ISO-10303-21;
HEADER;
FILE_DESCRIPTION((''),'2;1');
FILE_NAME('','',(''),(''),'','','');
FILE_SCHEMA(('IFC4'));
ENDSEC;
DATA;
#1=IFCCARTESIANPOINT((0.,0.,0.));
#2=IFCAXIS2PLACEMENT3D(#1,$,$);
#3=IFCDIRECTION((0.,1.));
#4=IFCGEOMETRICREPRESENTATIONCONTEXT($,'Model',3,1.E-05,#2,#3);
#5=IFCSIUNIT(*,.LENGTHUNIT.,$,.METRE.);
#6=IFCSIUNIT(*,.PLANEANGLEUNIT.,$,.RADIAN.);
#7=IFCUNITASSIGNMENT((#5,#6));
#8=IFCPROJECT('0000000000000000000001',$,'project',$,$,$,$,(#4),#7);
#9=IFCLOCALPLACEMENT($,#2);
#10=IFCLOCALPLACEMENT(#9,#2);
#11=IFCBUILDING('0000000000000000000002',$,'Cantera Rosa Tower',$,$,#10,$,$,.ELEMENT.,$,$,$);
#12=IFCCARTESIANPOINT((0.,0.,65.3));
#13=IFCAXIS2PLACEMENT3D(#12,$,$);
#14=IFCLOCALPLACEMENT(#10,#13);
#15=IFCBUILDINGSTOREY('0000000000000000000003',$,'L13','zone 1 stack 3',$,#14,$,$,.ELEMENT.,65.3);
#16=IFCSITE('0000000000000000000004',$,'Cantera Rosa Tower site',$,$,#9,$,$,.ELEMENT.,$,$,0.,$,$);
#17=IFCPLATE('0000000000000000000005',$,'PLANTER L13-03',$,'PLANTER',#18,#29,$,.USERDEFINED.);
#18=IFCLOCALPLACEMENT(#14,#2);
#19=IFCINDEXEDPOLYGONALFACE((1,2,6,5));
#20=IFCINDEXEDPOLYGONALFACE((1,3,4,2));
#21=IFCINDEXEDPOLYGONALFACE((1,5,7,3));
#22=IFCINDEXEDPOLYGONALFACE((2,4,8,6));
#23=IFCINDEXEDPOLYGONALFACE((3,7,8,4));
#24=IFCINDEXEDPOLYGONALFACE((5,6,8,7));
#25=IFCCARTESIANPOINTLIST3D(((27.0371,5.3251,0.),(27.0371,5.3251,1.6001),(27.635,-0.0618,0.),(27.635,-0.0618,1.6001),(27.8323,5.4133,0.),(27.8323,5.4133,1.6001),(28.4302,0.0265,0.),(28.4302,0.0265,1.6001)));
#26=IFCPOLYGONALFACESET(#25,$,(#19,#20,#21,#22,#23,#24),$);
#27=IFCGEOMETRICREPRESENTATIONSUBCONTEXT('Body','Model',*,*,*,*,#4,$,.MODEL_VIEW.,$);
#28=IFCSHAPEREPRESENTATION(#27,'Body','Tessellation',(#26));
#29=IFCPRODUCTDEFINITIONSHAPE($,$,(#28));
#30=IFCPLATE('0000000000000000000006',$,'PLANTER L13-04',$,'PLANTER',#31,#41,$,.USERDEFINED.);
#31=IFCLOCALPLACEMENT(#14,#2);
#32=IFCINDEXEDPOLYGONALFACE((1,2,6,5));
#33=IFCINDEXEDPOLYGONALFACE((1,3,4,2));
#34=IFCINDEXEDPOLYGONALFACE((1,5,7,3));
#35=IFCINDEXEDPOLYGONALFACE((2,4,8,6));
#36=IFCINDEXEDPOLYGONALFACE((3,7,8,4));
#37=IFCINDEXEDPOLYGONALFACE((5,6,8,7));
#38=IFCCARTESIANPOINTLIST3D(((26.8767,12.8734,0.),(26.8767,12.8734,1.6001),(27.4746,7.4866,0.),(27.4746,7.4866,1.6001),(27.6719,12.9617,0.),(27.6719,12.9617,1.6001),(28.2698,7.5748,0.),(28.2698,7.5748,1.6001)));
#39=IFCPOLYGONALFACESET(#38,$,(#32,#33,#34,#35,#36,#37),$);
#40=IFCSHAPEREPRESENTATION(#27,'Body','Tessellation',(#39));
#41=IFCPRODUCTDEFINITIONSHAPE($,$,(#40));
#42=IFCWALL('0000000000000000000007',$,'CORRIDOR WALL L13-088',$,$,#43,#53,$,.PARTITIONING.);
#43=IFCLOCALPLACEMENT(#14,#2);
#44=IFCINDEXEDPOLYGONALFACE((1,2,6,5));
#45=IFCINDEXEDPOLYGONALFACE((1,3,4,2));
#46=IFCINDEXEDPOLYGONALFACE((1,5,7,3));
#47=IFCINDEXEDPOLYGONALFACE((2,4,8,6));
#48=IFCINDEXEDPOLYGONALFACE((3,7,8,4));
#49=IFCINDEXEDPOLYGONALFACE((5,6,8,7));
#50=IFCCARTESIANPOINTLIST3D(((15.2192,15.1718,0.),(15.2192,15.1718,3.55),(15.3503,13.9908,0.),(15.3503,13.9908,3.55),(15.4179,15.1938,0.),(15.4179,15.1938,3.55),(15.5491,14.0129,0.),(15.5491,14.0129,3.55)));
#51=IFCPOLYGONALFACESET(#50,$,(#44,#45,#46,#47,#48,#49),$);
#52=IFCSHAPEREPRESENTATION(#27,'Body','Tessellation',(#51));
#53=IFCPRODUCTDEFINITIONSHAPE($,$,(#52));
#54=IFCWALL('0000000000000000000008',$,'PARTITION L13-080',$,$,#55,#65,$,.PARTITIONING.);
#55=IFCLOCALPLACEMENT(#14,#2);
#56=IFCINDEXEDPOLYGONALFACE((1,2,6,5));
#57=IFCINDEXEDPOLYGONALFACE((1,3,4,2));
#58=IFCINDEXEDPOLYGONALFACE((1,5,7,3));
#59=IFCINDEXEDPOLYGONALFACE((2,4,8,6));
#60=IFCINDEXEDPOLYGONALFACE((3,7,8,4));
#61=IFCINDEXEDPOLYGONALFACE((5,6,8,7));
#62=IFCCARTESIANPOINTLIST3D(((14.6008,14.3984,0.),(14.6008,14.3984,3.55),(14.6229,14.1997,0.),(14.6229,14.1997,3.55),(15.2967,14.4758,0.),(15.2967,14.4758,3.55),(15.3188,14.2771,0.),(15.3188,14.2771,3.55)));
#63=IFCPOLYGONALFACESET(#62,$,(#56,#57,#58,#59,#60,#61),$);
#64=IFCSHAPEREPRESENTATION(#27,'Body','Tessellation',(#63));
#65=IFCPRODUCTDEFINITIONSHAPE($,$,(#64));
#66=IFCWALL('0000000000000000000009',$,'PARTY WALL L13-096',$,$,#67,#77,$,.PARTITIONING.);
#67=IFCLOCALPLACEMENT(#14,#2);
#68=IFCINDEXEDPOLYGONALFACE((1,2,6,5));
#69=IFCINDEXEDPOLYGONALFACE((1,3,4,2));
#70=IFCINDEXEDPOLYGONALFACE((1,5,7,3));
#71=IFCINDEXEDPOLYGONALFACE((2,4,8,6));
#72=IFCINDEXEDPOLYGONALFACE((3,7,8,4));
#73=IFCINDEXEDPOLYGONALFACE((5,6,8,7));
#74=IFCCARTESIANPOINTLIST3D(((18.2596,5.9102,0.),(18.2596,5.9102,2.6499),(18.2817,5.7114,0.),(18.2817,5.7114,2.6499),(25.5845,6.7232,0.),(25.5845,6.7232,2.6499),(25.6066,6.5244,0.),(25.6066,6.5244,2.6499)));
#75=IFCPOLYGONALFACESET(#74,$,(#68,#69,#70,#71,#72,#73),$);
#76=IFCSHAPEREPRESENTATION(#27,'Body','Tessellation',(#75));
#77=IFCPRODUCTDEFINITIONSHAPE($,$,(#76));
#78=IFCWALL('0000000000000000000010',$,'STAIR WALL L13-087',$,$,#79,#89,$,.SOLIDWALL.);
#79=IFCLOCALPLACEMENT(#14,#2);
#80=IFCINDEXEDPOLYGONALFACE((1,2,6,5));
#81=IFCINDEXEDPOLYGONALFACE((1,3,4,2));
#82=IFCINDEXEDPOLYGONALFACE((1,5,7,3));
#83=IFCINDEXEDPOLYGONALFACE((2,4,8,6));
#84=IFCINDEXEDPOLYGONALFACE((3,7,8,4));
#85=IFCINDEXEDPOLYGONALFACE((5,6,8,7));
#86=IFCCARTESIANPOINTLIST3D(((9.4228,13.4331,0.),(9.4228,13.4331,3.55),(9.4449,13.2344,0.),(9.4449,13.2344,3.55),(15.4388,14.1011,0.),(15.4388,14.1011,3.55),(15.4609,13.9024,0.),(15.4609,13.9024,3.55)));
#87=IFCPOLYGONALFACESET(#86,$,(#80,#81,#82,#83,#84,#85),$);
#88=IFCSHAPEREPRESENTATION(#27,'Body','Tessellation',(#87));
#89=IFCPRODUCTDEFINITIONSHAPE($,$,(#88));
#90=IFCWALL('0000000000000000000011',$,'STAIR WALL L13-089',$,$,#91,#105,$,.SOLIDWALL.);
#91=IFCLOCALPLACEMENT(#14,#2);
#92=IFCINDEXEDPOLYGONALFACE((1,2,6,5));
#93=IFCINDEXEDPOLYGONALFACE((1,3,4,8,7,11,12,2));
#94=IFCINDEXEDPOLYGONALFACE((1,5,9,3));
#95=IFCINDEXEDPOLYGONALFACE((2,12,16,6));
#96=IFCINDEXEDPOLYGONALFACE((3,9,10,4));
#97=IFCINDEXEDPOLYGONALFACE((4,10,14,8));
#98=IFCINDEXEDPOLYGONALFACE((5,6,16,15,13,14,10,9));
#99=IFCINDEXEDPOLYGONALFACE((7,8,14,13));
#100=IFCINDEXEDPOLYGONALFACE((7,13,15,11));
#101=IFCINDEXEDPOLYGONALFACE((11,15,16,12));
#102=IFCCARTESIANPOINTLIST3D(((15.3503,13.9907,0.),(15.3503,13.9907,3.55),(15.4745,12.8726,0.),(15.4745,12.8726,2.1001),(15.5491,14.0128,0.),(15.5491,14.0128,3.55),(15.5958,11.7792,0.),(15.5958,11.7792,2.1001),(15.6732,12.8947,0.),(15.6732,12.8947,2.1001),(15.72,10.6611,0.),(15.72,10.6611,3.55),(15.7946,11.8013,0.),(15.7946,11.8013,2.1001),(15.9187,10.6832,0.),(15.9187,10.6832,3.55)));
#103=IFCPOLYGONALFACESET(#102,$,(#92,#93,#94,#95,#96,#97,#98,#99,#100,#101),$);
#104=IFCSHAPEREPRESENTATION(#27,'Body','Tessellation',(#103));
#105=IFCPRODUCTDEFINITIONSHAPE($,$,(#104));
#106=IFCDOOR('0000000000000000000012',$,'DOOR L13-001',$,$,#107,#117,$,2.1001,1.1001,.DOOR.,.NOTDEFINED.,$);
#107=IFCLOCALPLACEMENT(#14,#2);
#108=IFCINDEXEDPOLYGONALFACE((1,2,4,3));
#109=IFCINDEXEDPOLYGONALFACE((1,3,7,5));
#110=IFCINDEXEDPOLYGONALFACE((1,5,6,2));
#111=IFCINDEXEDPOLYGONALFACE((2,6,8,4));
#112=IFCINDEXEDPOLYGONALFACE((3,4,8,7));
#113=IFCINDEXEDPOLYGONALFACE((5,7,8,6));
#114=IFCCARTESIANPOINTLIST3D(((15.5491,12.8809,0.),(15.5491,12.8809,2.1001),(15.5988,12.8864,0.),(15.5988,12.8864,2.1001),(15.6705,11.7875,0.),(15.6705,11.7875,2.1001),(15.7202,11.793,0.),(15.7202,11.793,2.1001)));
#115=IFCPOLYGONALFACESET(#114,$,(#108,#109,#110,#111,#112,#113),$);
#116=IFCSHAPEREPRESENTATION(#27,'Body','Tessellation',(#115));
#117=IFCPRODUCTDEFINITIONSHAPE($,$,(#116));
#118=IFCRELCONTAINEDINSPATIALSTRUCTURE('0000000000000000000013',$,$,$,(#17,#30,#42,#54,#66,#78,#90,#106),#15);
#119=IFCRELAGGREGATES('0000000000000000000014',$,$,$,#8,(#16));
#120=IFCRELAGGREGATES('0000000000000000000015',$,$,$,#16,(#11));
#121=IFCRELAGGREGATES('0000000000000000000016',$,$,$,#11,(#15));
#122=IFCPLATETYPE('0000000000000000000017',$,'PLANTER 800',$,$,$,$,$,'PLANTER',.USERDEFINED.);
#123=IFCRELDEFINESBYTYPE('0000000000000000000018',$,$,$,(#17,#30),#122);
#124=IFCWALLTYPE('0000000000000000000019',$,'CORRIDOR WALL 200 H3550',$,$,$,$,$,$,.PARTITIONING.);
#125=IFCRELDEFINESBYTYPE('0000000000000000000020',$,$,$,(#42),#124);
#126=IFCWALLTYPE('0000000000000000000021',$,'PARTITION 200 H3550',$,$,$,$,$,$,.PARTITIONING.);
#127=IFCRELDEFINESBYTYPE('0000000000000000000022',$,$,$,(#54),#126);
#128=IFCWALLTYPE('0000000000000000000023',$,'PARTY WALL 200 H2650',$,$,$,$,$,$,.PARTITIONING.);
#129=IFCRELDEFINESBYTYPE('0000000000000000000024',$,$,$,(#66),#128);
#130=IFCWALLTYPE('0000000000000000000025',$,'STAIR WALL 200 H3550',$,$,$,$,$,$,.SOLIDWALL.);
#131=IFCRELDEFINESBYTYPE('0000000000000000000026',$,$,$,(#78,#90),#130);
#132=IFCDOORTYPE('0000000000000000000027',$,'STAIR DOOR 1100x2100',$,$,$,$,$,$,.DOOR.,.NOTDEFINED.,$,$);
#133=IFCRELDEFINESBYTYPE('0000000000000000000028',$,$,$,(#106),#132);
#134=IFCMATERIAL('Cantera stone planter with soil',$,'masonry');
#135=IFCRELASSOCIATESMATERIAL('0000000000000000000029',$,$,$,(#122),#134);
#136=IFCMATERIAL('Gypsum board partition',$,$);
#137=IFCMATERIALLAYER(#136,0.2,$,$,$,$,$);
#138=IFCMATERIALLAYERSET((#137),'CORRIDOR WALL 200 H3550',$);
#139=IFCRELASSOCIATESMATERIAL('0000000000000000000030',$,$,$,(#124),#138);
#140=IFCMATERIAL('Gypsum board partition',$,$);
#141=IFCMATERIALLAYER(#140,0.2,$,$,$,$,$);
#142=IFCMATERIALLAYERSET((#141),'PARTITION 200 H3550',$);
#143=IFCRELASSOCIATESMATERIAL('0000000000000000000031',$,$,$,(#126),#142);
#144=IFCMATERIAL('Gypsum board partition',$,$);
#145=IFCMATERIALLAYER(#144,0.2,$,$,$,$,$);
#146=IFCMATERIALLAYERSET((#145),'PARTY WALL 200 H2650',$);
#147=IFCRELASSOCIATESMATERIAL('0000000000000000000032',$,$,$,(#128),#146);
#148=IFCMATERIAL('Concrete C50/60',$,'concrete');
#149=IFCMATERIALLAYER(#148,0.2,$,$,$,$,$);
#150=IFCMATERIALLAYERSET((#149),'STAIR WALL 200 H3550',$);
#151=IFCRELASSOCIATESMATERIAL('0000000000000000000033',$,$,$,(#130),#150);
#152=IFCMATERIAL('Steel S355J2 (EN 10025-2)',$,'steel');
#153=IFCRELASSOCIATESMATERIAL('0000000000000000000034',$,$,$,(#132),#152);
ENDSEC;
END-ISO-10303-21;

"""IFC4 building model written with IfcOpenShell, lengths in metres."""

from ifc_helpers import new_model, si_unit, direction, frame, frame_2d, origin, origin_2d, place, context, subcontext, project, spatial, rectangle, extrude, material, layer, layer_set, type_object, element, fill, save


model = new_model("IFC4")

# Units and contexts
model_context = context("Model", 3, precision=1e-05, world=origin(), true_north=direction((0.0, 1.0)))
body_context = subcontext(model_context, "Body", "Model", "MODEL_VIEW")
ifc_project = project(units=[si_unit("LENGTHUNIT", "METRE"), si_unit("PLANEANGLEUNIT", "RADIAN")], contexts=[model_context])

# Site, building, storey
site_placement = place(None, origin())
site = spatial("IfcSite", under=ifc_project, at=site_placement, Name="Cantera Rosa Tower site", CompositionType="ELEMENT", RefElevation=0.0)
building_placement = place(site_placement, origin())
building = spatial("IfcBuilding", under=site, at=building_placement, Name="Cantera Rosa Tower", CompositionType="ELEMENT")
storey_placement = place(building_placement, frame((0.0, 0.0, 65.3)))
storey = spatial("IfcBuildingStorey", under=building, at=storey_placement, Name="L13", Description="zone 1 stack 3", CompositionType="ELEMENT", Elevation=65.3)

# Plates
ifc_material_1 = material(Name="Cantera stone planter with soil", Category="masonry")
plate_type = type_object("IfcPlateType", Name="PLANTER 800", ElementType="PLANTER", PredefinedType="USERDEFINED", material=ifc_material_1)
for number, where, z_axis, x_axis, name in (
    (1, (27.7336, 2.6758, 0.0), (0.0, 0.0, 1.0), (-0.110313, 0.993897, 0.0), "PLANTER L13-03"),
    (2, (27.5732, 10.2241, 0.0), (0.0, 0.0, 1.0), (-0.110313, 0.993897, 0.0), "PLANTER L13-04"),
):
    element("IfcPlate", number, at=place(storey_placement, frame(where, z_axis=z_axis, x_axis=x_axis)), inside=storey, type_object=plate_type, Name=name, ObjectType="PLANTER", PredefinedType="USERDEFINED", context=body_context, shape_type="SweptSolid", body=[
        extrude(rectangle(XDim=5.4199, YDim=0.8, at=origin_2d()), origin(), (0.0, 0.0, 1.0), 1.6001),
    ])

# Wall
ifc_material_2 = material(Name="Gypsum board partition")
ifc_layer_1 = layer(ifc_material_2, 0.2)
ifc_layer_set_1 = layer_set([ifc_layer_1], Name="CORRIDOR WALL 200 H3550")
wall_type_1 = type_object("IfcWallType", Name="CORRIDOR WALL 200 H3550", PredefinedType="PARTITIONING", material=ifc_layer_set_1)
wall_1_placement = place(storey_placement, frame((15.4497, 14.0017, 0.0), z_axis=(0.0, 0.0, 1.0), x_axis=(-0.110341, 0.993894, 0.0)))
element("IfcWall", 3, at=wall_1_placement, inside=storey, type_object=wall_type_1, Name="CORRIDOR WALL L13-088", PredefinedType="PARTITIONING", context=body_context, shape_type="SweptSolid", body=[
    extrude(rectangle(XDim=1.1882, YDim=0.2, at=frame_2d((0.5942, 0.0))), origin(), (0.0, 0.0, 1.0), 3.55),
])

# Walls
ifc_material_3 = material(Name="Gypsum board partition")
ifc_layer_2 = layer(ifc_material_3, 0.2)
ifc_layer_set_2 = layer_set([ifc_layer_2], Name="PARTITION 200 H3550")
wall_type_2 = type_object("IfcWallType", Name="PARTITION 200 H3550", PredefinedType="PARTITIONING", material=ifc_layer_set_2)
wall_2_placement = place(storey_placement, frame((14.6118, 14.2991, 0.0), z_axis=(0.0, 0.0, 1.0), x_axis=(0.993871, 0.110546, 0.0)))
element("IfcWall", 4, at=wall_2_placement, inside=storey, type_object=wall_type_2, Name="PARTITION L13-080", PredefinedType="PARTITIONING", context=body_context, shape_type="SweptSolid", body=[
    extrude(rectangle(XDim=0.7002, YDim=0.2, at=frame_2d((0.3501, 0.0))), origin(), (0.0, 0.0, 1.0), 3.55),
])
ifc_material_4 = material(Name="Gypsum board partition")
ifc_layer_3 = layer(ifc_material_4, 0.2)
ifc_layer_set_3 = layer_set([ifc_layer_3], Name="PARTY WALL 200 H2650")
wall_type_3 = type_object("IfcWallType", Name="PARTY WALL 200 H2650", PredefinedType="PARTITIONING", material=ifc_layer_set_3)
wall_3_placement = place(storey_placement, frame((18.2705, 5.8108, 0.0), z_axis=(0.0, 0.0, 1.0), x_axis=(0.993897, 0.110312, 0.0)))
element("IfcWall", 5, at=wall_3_placement, inside=storey, type_object=wall_type_3, Name="PARTY WALL L13-096", PredefinedType="PARTITIONING", context=body_context, shape_type="SweptSolid", body=[
    extrude(rectangle(XDim=7.3699, YDim=0.2, at=frame_2d((3.6851, 0.0))), origin(), (0.0, 0.0, 1.0), 2.6499),
])
ifc_material_5 = material(Name="Concrete C50/60", Category="concrete")
ifc_layer_4 = layer(ifc_material_5, 0.2)
ifc_layer_set_4 = layer_set([ifc_layer_4], Name="STAIR WALL 200 H3550")
wall_type_4 = type_object("IfcWallType", Name="STAIR WALL 200 H3550", PredefinedType="SOLIDWALL", material=ifc_layer_set_4)
wall_4_placement = place(storey_placement, frame((15.4497, 14.0017, 0.0), z_axis=(0.0, 0.0, 1.0), x_axis=(-0.993893, -0.110352, 0.0)))
element("IfcWall", 6, at=wall_4_placement, inside=storey, type_object=wall_type_4, Name="STAIR WALL L13-087", PredefinedType="SOLIDWALL", context=body_context, shape_type="SweptSolid", body=[
    extrude(rectangle(XDim=6.053, YDim=0.2, at=frame_2d((3.0264, 0.0))), origin(), (0.0, 0.0, 1.0), 3.55),
])

# Wall, opening, door
wall_5_placement = place(storey_placement, frame((15.8193, 10.6721, 0.0), z_axis=(0.0, 0.0, 1.0), x_axis=(-0.110336, 0.993894, 0.0)))
wall_5 = element("IfcWall", 7, at=wall_5_placement, inside=storey, type_object=wall_type_4, Name="STAIR WALL L13-089", PredefinedType="SOLIDWALL", context=body_context, shape_type="SweptSolid", body=[
    extrude(rectangle(XDim=3.3501, YDim=0.2, at=frame_2d((1.675, 0.0))), origin(), (0.0, 0.0, 1.0), 3.55),
])
opening_1_placement = place(wall_5_placement, frame((1.125, 0.0, 0.0)))
opening_1 = element("IfcOpeningElement", 8, at=opening_1_placement, cuts=wall_5, PredefinedType="OPENING", context=body_context, shape_type="SweptSolid", body=[
    extrude(rectangle(XDim=1.1001, YDim=2.1001, at=frame_2d((0.55, 1.05))), frame((0.0, 0.1099, 0.0), z_axis=(0.0, -1.0, 0.0), x_axis=(1.0, 0.0, 0.0)), (0.0, 0.0, 1.0), 0.22),
])
ifc_material_6 = material(Name="Steel S355J2 (EN 10025-2)", Category="steel")
door_type_1 = type_object("IfcDoorType", Name="STAIR DOOR 1100x2100", OperationType="NOTDEFINED", PredefinedType="DOOR", material=ifc_material_6)
door_1_placement = place(opening_1_placement, origin())
door_1 = element("IfcDoor", 9, at=door_1_placement, inside=storey, type_object=door_type_1, Name="DOOR L13-001", OperationType="NOTDEFINED", OverallHeight=2.1001, OverallWidth=1.1001, PredefinedType="DOOR", context=body_context, shape_type="SweptSolid", body=[
    extrude(rectangle(XDim=1.1001, YDim=2.1001, at=frame_2d((0.55, 1.05))), frame((0.0, 0.0249, 0.0), z_axis=(0.0, -1.0, 0.0), x_axis=(1.0, 0.0, 0.0)), (0.0, 0.0, 1.0), 0.05),
])
fill(opening_1, door_1)

save(model, "model.ifc")
